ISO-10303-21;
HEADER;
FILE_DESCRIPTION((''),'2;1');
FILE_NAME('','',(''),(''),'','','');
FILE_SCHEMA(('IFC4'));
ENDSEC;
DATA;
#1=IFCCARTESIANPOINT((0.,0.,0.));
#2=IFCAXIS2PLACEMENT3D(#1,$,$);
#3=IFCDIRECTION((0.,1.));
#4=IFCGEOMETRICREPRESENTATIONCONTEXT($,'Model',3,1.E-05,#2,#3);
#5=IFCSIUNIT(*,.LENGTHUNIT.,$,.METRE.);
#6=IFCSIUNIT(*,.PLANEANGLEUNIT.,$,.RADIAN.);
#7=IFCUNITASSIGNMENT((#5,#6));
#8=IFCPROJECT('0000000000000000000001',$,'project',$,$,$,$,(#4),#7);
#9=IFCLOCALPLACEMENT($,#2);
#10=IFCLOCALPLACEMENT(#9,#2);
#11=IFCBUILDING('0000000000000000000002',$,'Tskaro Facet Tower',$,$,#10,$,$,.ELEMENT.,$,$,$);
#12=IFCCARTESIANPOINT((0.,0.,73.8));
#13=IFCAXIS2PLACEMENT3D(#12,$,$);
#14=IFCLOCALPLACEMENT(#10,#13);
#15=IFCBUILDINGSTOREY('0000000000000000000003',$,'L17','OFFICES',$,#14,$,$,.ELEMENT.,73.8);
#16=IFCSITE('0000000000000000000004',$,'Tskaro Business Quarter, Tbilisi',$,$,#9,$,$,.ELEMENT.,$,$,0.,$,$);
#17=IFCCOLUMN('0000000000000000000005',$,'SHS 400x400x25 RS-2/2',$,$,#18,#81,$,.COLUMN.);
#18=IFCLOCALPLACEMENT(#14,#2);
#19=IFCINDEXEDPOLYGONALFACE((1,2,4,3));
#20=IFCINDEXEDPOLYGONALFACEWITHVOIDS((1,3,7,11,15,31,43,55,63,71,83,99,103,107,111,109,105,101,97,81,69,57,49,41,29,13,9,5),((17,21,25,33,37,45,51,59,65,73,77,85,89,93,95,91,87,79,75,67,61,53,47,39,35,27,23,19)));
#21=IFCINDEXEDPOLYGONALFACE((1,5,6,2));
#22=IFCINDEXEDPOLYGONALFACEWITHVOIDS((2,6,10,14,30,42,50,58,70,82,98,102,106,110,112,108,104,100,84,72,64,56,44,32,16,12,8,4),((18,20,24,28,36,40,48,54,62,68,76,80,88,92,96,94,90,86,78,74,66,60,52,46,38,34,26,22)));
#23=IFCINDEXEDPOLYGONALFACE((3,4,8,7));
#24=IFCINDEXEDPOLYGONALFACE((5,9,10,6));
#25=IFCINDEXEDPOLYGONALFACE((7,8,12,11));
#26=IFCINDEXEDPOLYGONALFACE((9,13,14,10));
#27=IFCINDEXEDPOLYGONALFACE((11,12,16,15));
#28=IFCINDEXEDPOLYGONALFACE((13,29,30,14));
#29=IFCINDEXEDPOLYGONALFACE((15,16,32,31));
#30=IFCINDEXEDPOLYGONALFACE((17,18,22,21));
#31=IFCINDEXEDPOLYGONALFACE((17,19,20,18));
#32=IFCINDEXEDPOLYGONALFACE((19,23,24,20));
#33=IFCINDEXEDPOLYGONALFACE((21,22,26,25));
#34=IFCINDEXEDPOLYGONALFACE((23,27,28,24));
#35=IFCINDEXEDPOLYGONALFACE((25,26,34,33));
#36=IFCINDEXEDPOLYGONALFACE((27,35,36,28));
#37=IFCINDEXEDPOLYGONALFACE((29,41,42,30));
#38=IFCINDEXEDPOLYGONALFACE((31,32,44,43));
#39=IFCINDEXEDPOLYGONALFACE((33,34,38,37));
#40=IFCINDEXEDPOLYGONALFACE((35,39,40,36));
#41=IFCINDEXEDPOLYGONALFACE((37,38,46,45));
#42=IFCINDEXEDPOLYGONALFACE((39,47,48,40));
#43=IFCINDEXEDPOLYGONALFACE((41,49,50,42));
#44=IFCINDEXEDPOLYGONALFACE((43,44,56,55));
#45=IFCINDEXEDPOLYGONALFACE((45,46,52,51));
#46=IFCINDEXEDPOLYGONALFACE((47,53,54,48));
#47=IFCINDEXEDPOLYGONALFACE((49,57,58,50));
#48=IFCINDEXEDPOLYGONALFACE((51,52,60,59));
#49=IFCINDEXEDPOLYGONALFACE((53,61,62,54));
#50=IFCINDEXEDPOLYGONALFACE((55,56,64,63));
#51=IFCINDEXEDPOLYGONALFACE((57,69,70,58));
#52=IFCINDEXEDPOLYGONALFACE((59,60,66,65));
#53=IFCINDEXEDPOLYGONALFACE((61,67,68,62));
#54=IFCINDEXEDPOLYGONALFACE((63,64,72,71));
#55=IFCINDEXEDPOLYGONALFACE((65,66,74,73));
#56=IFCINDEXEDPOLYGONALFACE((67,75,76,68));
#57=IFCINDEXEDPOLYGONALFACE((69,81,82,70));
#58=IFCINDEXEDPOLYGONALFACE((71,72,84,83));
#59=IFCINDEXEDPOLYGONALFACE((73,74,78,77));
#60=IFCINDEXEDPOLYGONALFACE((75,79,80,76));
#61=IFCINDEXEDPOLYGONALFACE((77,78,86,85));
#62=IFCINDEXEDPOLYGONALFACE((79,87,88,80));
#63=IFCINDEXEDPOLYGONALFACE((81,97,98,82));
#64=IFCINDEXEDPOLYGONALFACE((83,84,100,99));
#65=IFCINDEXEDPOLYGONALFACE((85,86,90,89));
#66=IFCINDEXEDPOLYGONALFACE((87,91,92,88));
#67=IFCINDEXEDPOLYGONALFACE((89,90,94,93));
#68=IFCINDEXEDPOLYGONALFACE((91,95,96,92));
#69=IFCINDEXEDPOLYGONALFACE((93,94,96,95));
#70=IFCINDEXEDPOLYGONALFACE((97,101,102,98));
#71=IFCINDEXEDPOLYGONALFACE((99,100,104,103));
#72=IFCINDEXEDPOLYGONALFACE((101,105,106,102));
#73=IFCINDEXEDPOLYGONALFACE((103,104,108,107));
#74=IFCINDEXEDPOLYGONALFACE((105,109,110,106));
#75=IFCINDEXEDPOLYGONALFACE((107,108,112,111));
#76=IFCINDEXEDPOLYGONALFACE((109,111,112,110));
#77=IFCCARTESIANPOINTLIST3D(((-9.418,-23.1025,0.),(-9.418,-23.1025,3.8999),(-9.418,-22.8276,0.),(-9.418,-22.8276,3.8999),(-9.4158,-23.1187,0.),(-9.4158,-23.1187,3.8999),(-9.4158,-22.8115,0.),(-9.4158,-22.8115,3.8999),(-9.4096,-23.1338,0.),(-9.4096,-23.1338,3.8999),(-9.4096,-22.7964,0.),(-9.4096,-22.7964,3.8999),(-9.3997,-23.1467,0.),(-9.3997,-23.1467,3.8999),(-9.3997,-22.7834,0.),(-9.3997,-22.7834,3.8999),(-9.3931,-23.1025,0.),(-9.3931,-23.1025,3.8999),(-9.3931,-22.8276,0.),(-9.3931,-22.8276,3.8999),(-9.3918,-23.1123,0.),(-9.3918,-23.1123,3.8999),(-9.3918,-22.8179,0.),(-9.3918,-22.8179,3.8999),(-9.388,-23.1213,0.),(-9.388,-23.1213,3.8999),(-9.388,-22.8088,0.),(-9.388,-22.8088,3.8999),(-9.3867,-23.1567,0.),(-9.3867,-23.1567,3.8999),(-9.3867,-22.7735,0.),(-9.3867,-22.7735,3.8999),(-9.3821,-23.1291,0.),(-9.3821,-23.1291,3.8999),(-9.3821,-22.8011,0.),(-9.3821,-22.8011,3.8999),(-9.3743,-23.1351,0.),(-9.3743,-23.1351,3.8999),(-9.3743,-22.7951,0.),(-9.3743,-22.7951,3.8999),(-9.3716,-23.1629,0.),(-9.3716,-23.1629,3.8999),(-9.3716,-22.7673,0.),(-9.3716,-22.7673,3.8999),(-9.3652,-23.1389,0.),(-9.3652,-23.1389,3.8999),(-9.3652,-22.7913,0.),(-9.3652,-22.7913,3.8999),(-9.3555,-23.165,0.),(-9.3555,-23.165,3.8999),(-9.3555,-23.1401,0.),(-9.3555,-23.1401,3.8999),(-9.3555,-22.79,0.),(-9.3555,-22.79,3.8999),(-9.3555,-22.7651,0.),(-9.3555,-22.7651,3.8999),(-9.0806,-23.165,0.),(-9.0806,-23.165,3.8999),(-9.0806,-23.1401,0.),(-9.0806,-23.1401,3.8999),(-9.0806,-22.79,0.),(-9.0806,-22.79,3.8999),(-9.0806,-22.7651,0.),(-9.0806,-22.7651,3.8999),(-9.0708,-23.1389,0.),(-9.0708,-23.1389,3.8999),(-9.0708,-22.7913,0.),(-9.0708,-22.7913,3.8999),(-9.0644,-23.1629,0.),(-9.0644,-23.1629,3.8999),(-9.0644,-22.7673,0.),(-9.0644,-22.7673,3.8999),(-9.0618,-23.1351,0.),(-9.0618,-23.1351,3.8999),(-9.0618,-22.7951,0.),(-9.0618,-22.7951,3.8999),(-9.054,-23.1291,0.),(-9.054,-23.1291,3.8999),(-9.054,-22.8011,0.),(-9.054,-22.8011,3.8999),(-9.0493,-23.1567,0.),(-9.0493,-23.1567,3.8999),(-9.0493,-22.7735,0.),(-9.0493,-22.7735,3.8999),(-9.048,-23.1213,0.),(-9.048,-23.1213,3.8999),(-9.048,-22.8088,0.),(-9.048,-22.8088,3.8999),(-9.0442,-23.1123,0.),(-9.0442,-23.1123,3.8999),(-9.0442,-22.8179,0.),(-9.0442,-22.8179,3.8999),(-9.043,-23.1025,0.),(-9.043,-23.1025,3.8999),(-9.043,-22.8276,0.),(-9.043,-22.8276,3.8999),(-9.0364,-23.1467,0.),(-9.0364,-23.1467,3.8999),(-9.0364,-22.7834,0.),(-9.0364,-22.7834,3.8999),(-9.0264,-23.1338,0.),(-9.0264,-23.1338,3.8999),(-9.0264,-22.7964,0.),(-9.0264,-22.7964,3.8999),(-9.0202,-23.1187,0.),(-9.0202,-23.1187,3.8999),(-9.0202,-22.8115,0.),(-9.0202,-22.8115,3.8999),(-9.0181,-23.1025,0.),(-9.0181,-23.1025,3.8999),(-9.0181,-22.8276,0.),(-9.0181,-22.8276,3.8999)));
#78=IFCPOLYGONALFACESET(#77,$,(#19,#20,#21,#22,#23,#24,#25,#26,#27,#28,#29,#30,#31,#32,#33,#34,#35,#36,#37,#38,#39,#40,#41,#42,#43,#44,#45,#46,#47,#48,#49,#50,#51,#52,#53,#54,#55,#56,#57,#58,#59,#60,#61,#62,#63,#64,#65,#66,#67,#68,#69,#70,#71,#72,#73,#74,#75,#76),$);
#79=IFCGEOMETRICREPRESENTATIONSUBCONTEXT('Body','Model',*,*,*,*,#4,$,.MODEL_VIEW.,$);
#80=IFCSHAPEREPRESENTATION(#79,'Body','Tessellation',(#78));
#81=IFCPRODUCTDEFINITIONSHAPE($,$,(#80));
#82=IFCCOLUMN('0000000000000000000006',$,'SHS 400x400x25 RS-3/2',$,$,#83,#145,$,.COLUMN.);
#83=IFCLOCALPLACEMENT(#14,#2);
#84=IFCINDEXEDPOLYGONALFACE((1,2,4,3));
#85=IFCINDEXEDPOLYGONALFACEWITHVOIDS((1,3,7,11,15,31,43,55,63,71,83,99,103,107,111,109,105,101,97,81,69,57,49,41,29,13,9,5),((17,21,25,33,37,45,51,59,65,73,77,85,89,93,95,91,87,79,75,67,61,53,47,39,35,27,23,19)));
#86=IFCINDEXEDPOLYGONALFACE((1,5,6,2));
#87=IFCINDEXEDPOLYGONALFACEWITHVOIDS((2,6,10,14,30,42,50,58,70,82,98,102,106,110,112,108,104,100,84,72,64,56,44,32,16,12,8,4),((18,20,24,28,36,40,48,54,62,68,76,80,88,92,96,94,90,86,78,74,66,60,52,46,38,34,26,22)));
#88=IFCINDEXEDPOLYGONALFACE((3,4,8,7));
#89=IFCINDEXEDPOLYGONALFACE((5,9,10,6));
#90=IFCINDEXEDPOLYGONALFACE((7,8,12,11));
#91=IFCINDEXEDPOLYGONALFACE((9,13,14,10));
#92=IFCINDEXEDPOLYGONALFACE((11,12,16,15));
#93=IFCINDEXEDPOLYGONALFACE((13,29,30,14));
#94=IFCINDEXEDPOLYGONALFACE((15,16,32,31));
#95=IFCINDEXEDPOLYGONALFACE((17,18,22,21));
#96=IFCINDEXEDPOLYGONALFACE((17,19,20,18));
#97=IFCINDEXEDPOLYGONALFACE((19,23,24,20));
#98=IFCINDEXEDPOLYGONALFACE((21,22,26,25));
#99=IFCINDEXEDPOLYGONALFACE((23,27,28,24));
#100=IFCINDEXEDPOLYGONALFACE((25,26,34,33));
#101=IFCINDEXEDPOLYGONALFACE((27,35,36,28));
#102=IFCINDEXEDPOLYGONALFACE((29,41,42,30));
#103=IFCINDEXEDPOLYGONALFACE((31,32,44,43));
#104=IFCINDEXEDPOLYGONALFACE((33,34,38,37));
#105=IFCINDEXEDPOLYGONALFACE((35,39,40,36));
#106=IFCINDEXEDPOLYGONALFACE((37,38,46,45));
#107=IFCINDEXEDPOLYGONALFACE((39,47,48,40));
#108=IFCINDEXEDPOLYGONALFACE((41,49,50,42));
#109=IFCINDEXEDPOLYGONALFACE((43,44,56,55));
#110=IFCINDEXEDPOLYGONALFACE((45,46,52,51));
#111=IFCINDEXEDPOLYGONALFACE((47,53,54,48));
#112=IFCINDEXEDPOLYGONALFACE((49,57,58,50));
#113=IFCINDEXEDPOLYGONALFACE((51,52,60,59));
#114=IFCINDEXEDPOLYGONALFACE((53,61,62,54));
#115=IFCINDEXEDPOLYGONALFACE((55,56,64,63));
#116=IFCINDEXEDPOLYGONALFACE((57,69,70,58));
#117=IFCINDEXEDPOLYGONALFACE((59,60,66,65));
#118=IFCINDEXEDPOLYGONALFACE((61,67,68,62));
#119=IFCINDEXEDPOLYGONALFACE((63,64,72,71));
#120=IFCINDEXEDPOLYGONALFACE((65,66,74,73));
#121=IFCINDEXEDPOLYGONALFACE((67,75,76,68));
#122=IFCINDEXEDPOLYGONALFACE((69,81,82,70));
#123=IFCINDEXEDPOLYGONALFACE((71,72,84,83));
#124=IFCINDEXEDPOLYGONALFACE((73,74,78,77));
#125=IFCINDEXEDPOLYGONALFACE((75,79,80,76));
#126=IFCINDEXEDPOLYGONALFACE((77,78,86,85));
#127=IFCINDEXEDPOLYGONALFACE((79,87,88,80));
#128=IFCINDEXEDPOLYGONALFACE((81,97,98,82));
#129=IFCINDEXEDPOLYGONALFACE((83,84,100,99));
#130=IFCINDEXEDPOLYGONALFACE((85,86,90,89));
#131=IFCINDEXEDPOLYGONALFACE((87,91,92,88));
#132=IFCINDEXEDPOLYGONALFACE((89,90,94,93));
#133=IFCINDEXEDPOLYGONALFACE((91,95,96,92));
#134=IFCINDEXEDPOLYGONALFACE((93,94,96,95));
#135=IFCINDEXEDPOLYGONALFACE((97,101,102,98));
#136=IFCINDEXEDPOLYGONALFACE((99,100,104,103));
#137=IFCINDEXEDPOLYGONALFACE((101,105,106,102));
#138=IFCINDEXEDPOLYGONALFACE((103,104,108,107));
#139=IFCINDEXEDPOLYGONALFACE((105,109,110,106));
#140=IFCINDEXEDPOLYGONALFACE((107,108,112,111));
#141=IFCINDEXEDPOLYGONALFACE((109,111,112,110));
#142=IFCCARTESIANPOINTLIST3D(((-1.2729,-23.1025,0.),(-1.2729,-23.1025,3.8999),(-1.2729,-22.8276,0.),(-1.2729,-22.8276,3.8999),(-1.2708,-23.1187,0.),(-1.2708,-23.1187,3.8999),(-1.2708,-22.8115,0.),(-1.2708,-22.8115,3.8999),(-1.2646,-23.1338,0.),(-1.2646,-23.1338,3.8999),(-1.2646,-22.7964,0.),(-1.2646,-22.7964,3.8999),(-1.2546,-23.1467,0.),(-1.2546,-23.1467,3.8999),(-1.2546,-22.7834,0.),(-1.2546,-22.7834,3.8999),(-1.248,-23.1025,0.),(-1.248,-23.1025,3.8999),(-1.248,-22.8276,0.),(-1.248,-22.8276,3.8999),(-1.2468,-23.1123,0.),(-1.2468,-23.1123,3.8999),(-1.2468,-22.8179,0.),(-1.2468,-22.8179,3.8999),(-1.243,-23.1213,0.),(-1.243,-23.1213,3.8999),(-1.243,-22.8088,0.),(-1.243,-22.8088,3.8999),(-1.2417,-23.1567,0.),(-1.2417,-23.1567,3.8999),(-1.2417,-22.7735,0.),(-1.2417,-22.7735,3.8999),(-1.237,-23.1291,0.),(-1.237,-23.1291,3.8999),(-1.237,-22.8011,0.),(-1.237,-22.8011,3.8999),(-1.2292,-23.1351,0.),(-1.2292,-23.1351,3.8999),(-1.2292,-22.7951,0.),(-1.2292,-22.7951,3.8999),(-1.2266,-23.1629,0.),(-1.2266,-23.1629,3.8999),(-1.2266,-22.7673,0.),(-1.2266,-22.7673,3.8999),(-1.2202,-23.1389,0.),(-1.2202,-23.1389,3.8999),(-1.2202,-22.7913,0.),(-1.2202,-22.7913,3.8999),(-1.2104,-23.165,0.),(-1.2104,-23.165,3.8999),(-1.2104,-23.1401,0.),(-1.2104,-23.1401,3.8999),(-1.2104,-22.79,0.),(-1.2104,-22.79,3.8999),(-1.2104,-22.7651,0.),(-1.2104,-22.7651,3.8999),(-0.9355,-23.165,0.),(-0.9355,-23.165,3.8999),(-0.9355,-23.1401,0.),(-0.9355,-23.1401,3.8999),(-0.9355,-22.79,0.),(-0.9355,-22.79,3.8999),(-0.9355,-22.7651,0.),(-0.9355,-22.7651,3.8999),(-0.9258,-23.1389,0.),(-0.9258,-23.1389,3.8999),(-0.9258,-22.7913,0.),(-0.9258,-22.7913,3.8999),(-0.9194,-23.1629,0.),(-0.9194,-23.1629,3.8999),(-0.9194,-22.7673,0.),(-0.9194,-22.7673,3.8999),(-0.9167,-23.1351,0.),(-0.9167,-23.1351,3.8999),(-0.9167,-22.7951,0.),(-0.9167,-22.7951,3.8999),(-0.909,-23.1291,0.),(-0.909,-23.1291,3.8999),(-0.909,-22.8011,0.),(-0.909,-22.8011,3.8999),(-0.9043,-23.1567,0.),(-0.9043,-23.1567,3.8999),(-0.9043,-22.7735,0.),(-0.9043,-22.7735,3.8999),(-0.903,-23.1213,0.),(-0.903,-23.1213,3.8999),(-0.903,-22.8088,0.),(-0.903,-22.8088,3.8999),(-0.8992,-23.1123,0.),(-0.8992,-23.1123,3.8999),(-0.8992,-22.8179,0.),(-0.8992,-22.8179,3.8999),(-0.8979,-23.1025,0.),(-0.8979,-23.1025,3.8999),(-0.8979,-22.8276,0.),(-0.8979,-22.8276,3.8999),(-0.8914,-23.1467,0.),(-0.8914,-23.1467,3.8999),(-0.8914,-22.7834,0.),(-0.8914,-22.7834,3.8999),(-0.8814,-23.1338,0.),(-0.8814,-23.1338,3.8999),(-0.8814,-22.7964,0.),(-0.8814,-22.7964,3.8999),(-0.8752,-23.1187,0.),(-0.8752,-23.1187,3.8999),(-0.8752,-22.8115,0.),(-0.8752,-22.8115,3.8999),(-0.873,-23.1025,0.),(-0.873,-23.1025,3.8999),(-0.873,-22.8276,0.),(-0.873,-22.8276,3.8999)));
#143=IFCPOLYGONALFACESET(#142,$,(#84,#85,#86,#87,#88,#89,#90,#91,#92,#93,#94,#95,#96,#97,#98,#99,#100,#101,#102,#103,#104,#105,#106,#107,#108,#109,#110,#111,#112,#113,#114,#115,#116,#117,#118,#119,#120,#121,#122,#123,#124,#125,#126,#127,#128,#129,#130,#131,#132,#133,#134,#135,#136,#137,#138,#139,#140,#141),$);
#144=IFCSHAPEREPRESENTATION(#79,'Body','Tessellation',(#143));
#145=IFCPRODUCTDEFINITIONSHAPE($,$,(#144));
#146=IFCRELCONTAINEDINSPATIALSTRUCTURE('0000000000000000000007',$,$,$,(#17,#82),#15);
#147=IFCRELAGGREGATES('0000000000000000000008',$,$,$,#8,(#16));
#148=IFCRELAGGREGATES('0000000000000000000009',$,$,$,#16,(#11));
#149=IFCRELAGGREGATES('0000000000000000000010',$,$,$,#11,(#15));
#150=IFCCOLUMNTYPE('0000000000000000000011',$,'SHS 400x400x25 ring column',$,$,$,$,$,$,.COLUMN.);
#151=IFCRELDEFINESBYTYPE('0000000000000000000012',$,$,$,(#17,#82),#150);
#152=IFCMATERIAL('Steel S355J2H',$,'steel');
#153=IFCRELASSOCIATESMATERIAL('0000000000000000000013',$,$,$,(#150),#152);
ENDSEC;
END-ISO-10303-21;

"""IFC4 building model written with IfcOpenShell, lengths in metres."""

from ifc_helpers import new_model, si_unit, direction, frame, origin, origin_2d, place, context, subcontext, project, spatial, hollow_rectangle, extrude, material, material_profile, profile_set, type_object, element, save


model = new_model("IFC4")

# Units and contexts
model_context = context("Model", 3, precision=1e-05, world=origin(), true_north=direction((0.0, 1.0)))
body_context = subcontext(model_context, "Body", "Model", "MODEL_VIEW")
ifc_project = project(units=[si_unit("LENGTHUNIT", "METRE"), si_unit("PLANEANGLEUNIT", "RADIAN")], contexts=[model_context])

# Site, building, storey
site_placement = place(None, origin())
site = spatial("IfcSite", under=ifc_project, at=site_placement, Name="Tskaro Business Quarter, Tbilisi", CompositionType="ELEMENT", RefElevation=0.0)
building_placement = place(site_placement, origin())
building = spatial("IfcBuilding", under=site, at=building_placement, Name="Tskaro Facet Tower", CompositionType="ELEMENT")
storey_placement = place(building_placement, frame((0.0, 0.0, 73.8)))
storey = spatial("IfcBuildingStorey", under=building, at=storey_placement, Name="L17", Description="OFFICES", CompositionType="ELEMENT", Elevation=73.8)

# Columns
ifc_material_1 = material(Name="Steel S355J2H", Category="steel")
ifc_material_profile_1 = material_profile(ifc_material_1, hollow_rectangle(XDim=0.3999, YDim=0.3999, WallThickness=0.0249, InnerFilletRadius=0.0376, OuterFilletRadius=0.0625, at=origin_2d()), Name="SHS 400x400x25")
ifc_profile_set_1 = profile_set([ifc_material_profile_1], Name="Steel S355J2H")
column_type_1 = type_object("IfcColumnType", Name="SHS 400x400x25 ring column", PredefinedType="COLUMN", material=ifc_profile_set_1)
for number, where, z_axis, x_axis, name in (
    (1, (-9.218, -22.9651, 0.0), (0.0, 0.0, 1.0), (1.0, 0.0, 0.0), "SHS 400x400x25 RS-2/2"),
    (2, (-1.073, -22.9651, 0.0), (0.0, 0.0, 1.0), (1.0, 0.0, 0.0), "SHS 400x400x25 RS-3/2"),
):
    element("IfcColumn", number, at=place(storey_placement, frame(where, z_axis=z_axis, x_axis=x_axis)), inside=storey, type_object=column_type_1, Name=name, PredefinedType="COLUMN", context=body_context, shape_type="SweptSolid", body=[
        extrude(hollow_rectangle(XDim=0.3999, YDim=0.3999, WallThickness=0.0249, InnerFilletRadius=0.0376, OuterFilletRadius=0.0625, at=origin_2d()), origin(), (0.0, 0.0, 1.0), 3.8999),
    ])

save(model, "model.ifc")
